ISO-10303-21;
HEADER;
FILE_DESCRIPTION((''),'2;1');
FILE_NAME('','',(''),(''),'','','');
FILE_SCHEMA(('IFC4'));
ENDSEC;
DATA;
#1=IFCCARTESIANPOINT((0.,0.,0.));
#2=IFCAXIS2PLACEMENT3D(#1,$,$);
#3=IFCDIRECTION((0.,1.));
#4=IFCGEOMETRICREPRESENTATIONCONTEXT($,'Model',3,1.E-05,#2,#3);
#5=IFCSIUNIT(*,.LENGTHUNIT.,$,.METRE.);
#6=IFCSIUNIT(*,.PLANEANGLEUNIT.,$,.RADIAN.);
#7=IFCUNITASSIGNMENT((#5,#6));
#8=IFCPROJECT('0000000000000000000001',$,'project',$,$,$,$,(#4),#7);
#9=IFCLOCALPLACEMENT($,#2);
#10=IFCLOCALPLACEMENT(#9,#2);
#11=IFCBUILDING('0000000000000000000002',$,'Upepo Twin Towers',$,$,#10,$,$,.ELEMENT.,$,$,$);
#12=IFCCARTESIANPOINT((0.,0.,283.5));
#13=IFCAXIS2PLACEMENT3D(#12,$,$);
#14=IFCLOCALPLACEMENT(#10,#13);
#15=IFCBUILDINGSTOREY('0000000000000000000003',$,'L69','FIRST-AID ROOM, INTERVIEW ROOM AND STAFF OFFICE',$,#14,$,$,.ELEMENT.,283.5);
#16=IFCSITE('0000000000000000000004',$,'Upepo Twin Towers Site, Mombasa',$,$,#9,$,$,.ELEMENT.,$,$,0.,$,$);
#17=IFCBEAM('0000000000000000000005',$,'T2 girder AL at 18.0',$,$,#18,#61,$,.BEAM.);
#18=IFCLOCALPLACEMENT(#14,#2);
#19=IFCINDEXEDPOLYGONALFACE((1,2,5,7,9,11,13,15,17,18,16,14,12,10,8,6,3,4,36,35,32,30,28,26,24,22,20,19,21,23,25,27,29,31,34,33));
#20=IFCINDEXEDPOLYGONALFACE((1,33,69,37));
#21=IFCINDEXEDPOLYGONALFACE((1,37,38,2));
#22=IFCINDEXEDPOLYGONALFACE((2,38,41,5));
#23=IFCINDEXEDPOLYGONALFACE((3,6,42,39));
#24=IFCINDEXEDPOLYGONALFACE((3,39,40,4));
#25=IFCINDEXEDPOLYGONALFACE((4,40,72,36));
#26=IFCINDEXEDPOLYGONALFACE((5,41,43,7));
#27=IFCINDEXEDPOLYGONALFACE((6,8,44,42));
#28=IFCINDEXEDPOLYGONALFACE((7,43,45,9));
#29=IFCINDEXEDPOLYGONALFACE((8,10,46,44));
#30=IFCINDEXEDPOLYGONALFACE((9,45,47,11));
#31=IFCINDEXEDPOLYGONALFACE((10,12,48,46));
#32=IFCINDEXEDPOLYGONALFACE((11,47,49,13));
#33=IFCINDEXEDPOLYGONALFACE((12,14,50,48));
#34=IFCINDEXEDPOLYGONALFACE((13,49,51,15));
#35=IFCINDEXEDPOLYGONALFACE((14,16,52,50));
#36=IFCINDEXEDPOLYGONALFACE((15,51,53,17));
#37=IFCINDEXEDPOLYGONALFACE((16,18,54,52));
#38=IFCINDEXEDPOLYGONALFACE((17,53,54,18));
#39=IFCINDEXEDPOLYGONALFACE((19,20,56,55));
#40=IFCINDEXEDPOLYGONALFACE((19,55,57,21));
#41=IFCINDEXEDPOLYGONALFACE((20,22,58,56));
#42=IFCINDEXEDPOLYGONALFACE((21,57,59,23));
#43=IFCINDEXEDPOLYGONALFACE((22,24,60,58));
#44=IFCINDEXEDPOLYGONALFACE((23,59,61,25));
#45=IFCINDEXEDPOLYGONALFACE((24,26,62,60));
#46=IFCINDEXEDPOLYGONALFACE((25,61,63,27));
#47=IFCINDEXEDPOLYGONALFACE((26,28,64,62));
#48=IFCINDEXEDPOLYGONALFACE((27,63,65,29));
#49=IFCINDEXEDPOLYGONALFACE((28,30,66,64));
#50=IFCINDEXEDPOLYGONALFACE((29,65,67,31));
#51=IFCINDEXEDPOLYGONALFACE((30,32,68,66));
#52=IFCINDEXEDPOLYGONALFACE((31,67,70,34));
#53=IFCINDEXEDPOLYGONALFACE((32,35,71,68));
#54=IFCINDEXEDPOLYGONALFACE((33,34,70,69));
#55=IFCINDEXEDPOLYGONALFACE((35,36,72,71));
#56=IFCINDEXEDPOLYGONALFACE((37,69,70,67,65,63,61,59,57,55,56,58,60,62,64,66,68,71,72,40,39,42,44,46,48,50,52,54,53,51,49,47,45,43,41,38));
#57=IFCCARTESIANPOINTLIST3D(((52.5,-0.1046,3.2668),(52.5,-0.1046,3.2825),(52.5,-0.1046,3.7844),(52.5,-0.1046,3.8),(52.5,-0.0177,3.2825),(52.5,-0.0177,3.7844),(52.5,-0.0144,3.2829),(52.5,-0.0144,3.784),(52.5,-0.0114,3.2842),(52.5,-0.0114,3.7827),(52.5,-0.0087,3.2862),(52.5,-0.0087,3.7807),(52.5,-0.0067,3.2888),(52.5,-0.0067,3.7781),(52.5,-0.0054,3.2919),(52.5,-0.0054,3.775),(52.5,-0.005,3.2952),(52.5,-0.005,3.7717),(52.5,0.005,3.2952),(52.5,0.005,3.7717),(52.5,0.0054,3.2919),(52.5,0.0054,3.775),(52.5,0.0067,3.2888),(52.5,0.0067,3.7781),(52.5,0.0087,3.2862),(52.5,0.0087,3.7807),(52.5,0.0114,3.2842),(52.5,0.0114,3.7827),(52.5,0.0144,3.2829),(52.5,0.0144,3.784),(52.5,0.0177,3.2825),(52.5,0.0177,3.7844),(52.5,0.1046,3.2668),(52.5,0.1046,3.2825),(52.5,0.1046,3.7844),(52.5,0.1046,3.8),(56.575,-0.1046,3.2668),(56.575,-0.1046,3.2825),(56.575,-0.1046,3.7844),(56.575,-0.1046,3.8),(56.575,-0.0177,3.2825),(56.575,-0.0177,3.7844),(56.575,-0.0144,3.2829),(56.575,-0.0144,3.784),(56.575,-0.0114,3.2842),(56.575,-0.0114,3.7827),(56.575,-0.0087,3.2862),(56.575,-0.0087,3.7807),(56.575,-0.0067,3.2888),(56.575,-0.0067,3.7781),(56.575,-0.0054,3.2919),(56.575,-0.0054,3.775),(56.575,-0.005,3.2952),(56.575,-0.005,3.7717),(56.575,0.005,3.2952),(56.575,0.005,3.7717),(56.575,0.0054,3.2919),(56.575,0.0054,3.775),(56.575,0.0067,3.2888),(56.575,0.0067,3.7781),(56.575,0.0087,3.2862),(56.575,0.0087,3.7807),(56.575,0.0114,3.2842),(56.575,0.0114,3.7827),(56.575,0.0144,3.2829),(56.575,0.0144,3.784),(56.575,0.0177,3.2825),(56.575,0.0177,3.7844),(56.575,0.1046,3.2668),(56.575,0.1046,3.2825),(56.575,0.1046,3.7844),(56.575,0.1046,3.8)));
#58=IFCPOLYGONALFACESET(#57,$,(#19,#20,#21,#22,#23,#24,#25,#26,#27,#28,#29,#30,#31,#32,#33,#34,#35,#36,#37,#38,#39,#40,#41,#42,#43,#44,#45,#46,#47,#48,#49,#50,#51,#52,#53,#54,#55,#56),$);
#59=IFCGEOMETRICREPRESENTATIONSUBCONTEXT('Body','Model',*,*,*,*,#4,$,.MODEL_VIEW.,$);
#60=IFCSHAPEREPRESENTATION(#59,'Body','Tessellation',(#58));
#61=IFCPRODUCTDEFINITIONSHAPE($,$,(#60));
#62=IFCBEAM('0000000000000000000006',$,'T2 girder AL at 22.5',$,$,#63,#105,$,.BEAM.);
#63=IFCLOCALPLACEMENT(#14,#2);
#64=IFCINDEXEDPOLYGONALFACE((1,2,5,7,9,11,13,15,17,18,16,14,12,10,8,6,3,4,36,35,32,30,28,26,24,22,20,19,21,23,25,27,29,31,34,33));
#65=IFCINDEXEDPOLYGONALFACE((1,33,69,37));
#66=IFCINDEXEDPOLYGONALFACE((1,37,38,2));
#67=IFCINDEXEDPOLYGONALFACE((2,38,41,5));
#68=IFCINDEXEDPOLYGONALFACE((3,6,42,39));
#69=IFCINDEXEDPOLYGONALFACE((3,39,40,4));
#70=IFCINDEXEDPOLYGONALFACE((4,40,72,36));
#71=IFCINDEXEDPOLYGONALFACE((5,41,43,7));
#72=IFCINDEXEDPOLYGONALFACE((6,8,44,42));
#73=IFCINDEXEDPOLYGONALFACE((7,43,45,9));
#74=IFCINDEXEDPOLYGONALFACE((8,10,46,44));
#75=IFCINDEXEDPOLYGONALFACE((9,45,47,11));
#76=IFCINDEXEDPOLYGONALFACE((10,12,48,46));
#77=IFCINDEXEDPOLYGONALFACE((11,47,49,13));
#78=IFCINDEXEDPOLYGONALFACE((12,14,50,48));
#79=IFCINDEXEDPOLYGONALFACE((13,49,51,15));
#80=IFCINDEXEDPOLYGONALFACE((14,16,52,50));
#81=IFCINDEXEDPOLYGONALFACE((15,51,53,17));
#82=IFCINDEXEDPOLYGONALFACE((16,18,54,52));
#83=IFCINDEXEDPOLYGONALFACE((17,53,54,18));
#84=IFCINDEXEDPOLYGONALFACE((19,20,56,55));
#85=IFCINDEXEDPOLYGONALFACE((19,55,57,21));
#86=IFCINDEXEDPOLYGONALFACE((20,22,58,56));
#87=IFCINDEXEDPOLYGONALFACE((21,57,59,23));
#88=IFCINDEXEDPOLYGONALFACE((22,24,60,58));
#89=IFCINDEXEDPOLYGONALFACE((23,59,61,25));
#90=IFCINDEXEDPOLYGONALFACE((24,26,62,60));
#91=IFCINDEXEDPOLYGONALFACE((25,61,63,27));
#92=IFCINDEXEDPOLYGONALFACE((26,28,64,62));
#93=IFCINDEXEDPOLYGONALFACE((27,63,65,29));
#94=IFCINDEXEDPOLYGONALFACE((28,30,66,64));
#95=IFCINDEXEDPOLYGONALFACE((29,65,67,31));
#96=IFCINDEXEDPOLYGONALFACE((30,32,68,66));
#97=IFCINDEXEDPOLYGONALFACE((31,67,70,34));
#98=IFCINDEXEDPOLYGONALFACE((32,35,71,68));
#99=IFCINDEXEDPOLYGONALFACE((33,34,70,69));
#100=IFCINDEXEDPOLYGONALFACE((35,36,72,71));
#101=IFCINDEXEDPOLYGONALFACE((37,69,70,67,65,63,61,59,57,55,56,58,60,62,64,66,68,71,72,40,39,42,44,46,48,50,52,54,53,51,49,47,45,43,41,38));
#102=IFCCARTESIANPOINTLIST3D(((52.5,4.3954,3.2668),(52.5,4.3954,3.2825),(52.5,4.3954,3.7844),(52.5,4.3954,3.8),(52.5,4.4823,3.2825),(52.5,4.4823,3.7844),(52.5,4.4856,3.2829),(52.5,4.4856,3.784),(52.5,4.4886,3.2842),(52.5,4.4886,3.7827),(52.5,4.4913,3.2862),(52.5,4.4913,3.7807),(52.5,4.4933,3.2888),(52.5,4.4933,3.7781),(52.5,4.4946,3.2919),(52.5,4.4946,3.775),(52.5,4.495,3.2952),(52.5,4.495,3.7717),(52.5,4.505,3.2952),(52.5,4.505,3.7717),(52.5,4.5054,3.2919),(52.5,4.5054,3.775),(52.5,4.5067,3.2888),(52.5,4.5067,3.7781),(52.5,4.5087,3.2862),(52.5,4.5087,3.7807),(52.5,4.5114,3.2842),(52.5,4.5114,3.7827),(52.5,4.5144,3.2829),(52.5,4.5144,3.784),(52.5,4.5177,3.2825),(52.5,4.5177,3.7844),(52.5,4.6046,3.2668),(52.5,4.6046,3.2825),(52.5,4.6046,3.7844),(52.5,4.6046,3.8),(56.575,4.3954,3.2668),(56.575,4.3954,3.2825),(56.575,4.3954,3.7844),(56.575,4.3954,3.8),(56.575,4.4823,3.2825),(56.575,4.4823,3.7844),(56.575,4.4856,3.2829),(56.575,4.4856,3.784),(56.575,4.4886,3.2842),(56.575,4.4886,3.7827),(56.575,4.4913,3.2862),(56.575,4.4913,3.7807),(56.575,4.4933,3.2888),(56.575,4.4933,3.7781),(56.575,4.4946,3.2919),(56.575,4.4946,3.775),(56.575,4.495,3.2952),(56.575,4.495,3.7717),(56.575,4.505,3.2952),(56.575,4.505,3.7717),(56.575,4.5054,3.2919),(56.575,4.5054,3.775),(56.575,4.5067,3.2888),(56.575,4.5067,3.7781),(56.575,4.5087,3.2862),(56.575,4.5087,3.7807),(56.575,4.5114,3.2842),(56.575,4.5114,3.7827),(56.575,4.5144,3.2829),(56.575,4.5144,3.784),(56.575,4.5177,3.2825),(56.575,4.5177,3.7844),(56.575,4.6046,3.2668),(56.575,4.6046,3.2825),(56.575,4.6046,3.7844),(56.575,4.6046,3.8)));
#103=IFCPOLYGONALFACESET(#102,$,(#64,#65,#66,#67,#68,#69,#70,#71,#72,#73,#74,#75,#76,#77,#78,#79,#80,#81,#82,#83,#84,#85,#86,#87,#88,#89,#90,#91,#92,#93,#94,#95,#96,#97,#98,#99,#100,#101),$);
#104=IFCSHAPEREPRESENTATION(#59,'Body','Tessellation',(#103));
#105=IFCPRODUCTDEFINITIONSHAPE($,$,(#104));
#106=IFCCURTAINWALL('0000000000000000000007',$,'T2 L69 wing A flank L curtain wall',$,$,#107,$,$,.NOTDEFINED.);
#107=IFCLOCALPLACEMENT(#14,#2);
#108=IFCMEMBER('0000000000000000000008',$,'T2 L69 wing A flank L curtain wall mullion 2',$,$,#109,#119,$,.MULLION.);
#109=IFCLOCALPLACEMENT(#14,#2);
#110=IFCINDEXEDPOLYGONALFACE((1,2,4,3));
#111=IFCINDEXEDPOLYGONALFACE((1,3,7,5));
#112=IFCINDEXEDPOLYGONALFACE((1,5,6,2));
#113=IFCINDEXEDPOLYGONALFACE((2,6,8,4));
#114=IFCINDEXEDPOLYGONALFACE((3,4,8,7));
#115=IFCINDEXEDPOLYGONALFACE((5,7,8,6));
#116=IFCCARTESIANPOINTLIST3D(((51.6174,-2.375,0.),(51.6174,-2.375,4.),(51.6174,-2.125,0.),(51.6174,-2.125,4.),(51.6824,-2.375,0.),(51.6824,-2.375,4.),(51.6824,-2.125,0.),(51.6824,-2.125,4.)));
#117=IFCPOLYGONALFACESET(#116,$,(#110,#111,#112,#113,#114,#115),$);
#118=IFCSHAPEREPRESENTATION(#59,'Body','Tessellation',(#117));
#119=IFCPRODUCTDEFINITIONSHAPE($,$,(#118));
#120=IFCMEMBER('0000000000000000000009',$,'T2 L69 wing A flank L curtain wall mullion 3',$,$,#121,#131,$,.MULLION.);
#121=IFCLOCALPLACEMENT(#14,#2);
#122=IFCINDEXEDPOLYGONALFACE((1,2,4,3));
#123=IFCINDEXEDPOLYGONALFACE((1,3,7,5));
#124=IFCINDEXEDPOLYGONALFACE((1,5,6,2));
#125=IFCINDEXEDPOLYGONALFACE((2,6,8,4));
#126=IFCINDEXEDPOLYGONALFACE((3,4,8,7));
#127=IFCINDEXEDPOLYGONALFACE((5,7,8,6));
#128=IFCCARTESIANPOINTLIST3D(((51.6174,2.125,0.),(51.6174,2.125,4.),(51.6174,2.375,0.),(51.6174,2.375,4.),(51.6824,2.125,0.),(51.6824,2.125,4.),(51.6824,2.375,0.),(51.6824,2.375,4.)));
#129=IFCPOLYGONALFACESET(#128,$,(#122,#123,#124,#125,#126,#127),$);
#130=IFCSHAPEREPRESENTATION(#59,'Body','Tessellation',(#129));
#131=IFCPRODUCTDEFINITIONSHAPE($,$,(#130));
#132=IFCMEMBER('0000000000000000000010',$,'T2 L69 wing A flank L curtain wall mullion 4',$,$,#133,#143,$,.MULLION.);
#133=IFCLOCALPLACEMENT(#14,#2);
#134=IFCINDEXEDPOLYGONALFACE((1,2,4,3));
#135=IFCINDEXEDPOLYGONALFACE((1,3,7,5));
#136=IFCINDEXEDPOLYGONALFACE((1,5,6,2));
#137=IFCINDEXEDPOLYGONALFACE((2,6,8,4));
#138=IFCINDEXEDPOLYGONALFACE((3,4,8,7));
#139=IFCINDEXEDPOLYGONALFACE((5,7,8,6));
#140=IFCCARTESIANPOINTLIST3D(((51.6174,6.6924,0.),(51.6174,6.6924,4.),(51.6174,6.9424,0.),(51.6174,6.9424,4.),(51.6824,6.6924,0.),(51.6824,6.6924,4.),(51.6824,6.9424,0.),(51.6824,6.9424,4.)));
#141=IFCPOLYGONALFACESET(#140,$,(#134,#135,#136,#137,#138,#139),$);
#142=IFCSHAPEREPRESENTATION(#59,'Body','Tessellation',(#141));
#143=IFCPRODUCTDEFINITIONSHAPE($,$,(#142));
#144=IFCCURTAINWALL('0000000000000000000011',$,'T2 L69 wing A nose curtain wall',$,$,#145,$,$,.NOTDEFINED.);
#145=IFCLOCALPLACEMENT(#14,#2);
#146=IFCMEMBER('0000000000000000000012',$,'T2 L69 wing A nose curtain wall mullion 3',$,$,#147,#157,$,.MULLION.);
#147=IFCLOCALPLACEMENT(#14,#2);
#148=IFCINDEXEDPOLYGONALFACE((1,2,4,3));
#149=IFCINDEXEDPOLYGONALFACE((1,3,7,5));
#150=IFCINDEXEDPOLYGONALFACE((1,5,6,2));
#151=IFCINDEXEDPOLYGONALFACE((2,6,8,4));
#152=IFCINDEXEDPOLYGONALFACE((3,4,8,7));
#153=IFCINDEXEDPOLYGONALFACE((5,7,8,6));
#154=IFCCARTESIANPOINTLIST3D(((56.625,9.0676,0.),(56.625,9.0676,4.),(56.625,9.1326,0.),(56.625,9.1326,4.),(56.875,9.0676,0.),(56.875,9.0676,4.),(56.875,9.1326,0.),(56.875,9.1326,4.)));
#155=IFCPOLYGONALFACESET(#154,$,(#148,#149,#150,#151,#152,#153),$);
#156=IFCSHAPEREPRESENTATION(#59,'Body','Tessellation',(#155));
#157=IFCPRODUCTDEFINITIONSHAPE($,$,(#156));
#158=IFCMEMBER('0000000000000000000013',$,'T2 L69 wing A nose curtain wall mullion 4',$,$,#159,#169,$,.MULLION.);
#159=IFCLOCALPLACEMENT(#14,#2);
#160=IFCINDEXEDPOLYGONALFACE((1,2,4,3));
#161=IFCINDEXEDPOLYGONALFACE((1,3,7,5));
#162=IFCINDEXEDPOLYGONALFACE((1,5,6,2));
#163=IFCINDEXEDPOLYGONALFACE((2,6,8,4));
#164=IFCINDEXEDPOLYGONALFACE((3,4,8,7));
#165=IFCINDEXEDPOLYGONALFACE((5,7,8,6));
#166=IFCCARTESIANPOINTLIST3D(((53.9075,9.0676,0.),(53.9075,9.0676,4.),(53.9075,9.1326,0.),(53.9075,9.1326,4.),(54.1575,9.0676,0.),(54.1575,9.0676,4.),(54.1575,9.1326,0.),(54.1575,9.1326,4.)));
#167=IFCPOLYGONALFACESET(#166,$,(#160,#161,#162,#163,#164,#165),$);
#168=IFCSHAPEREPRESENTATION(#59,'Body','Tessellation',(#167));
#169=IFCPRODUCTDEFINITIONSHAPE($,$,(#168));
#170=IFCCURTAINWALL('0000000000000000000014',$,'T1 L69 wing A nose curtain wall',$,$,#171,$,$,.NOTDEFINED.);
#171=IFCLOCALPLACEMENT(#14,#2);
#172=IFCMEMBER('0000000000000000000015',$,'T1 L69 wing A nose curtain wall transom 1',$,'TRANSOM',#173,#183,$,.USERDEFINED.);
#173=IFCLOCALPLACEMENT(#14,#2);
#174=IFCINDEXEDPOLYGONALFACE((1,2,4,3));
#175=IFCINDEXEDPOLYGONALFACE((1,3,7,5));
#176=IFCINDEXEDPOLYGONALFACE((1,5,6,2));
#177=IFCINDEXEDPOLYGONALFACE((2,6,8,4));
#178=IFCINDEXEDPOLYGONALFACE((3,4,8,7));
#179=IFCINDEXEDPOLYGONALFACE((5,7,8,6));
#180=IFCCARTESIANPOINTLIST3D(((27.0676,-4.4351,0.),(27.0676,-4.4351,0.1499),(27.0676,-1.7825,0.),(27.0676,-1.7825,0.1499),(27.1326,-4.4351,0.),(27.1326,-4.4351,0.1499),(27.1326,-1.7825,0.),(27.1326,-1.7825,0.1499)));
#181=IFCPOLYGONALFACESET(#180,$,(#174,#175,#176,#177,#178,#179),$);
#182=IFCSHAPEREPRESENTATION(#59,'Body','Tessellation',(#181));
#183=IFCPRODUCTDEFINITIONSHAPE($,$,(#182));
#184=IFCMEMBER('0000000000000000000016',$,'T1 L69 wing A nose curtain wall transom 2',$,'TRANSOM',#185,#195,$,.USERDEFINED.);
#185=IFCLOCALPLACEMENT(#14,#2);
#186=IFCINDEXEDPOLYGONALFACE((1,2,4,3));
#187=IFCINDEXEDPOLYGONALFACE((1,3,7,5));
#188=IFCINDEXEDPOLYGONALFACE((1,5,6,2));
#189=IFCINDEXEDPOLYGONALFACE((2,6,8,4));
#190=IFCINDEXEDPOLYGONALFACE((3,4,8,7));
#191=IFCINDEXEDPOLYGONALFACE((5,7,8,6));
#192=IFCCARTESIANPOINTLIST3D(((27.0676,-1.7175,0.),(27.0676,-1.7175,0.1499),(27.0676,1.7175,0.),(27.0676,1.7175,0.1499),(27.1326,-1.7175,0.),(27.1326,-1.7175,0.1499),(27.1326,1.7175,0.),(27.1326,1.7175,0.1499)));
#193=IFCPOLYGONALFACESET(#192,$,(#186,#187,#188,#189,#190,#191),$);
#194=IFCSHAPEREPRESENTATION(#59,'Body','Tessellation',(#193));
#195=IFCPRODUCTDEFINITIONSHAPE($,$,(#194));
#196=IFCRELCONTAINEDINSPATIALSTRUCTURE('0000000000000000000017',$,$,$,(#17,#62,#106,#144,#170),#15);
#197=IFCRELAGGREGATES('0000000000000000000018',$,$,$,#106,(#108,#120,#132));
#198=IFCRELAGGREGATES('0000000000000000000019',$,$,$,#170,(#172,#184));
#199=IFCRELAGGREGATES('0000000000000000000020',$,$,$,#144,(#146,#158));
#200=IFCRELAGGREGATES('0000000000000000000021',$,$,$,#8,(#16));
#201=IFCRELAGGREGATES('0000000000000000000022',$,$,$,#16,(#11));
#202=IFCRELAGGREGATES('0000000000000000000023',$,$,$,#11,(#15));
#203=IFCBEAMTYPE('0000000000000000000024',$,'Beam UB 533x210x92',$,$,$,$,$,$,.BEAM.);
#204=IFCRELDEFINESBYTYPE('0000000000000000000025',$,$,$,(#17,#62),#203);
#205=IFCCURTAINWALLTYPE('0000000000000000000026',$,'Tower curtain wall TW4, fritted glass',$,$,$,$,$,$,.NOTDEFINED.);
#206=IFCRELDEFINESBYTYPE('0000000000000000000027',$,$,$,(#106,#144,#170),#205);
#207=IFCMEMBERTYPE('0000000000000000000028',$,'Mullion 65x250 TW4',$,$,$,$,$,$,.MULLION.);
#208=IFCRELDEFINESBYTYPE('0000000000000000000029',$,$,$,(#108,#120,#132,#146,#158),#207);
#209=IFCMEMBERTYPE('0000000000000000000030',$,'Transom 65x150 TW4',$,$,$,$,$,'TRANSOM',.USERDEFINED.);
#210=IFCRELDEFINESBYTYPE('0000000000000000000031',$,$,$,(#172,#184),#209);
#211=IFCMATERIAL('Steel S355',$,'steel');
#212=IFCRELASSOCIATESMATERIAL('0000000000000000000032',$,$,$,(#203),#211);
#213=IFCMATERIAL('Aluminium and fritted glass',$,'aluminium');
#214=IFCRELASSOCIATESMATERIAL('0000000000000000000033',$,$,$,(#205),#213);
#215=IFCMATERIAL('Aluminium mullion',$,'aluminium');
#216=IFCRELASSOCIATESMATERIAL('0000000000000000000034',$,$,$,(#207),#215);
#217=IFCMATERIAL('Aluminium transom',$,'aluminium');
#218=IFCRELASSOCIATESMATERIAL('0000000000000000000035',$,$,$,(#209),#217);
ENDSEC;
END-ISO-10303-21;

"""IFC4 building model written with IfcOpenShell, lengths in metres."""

from ifc_helpers import new_model, si_unit, direction, frame, origin, origin_2d, place, context, subcontext, project, spatial, rectangle, i_section, extrude, material, material_profile, profile_set, type_object, element, aggregate, save


model = new_model("IFC4")

# Units and contexts
model_context = context("Model", 3, precision=1e-05, world=origin(), true_north=direction((0.0, 1.0)))
body_context = subcontext(model_context, "Body", "Model", "MODEL_VIEW")
ifc_project = project(units=[si_unit("LENGTHUNIT", "METRE"), si_unit("PLANEANGLEUNIT", "RADIAN")], contexts=[model_context])

# Site, building, storey
site_placement = place(None, origin())
site = spatial("IfcSite", under=ifc_project, at=site_placement, Name="Upepo Twin Towers Site, Mombasa", CompositionType="ELEMENT", RefElevation=0.0)
building_placement = place(site_placement, origin())
building = spatial("IfcBuilding", under=site, at=building_placement, Name="Upepo Twin Towers", CompositionType="ELEMENT")
storey_placement = place(building_placement, frame((0.0, 0.0, 283.5)))
storey = spatial("IfcBuildingStorey", under=building, at=storey_placement, Name="L69", Description="FIRST-AID ROOM, INTERVIEW ROOM AND STAFF OFFICE", CompositionType="ELEMENT", Elevation=283.5)

# Beams
ifc_material_1 = material(Name="Steel S355", Category="steel")
ifc_material_profile_1 = material_profile(ifc_material_1, i_section(OverallWidth=0.2092, OverallDepth=0.5332, WebThickness=0.01, FlangeThickness=0.0156, FilletRadius=0.0127, at=origin_2d()), Name="UB 533x210x92")
ifc_profile_set_1 = profile_set([ifc_material_profile_1], Name="Steel S355")
beam_type_1 = type_object("IfcBeamType", Name="Beam UB 533x210x92", PredefinedType="BEAM", material=ifc_profile_set_1)
for number, where, z_axis, x_axis, name in (
    (1, (52.5, 0.0, 3.5334), (1.0, 0.0, 0.0), (0.0, 1.0, 0.0), "T2 girder AL at 18.0"),
    (2, (52.5, 4.5, 3.5334), (1.0, 0.0, 0.0), (0.0, 1.0, 0.0), "T2 girder AL at 22.5"),
):
    element("IfcBeam", number, at=place(storey_placement, frame(where, z_axis=z_axis, x_axis=x_axis)), inside=storey, type_object=beam_type_1, Name=name, PredefinedType="BEAM", context=body_context, shape_type="SweptSolid", body=[
        extrude(i_section(OverallWidth=0.2092, OverallDepth=0.5332, WebThickness=0.01, FlangeThickness=0.0156, FilletRadius=0.0127, at=origin_2d()), origin(), (0.0, 0.0, 1.0), 4.075),
    ])

# Curtain walls, members
ifc_material_2 = material(Name="Aluminium and fritted glass", Category="aluminium")
curtain_wall_type = type_object("IfcCurtainWallType", Name="Tower curtain wall TW4, fritted glass", PredefinedType="NOTDEFINED", material=ifc_material_2)
curtain_wall_1_placement = place(storey_placement, origin())
curtain_wall_1 = element("IfcCurtainWall", 3, at=curtain_wall_1_placement, inside=storey, type_object=curtain_wall_type, Name="T2 L69 wing A flank L curtain wall", PredefinedType="NOTDEFINED")
ifc_material_3 = material(Name="Aluminium mullion", Category="aluminium")
ifc_material_profile_2 = material_profile(ifc_material_3, rectangle(XDim=0.0649, YDim=0.25, at=origin_2d()), Name="MULLION 65x250")
ifc_profile_set_2 = profile_set([ifc_material_profile_2], Name="Aluminium mullion")
member_type_1 = type_object("IfcMemberType", Name="Mullion 65x250 TW4", PredefinedType="MULLION", material=ifc_profile_set_2)
member_1_placement = place(storey_placement, frame((51.6499, -2.25, 0.0), z_axis=(0.0, 0.0, 1.0), x_axis=(-1.0, 0.0, 0.0)))
member_1 = element("IfcMember", 4, at=member_1_placement, type_object=member_type_1, Name="T2 L69 wing A flank L curtain wall mullion 2", PredefinedType="MULLION", context=body_context, shape_type="SweptSolid", body=[
    extrude(rectangle(XDim=0.0649, YDim=0.25, at=origin_2d()), origin(), (0.0, 0.0, 1.0), 4.0),
])
member_2_placement = place(storey_placement, frame((51.6499, 2.25, 0.0), z_axis=(0.0, 0.0, 1.0), x_axis=(-1.0, 0.0, 0.0)))
member_2 = element("IfcMember", 5, at=member_2_placement, type_object=member_type_1, Name="T2 L69 wing A flank L curtain wall mullion 3", PredefinedType="MULLION", context=body_context, shape_type="SweptSolid", body=[
    extrude(rectangle(XDim=0.0649, YDim=0.25, at=origin_2d()), origin(), (0.0, 0.0, 1.0), 4.0),
])
member_3_placement = place(storey_placement, frame((51.6499, 6.8174, 0.0), z_axis=(0.0, 0.0, 1.0), x_axis=(-1.0, 0.0, 0.0)))
member_3 = element("IfcMember", 6, at=member_3_placement, type_object=member_type_1, Name="T2 L69 wing A flank L curtain wall mullion 4", PredefinedType="MULLION", context=body_context, shape_type="SweptSolid", body=[
    extrude(rectangle(XDim=0.0649, YDim=0.25, at=origin_2d()), origin(), (0.0, 0.0, 1.0), 4.0),
])
curtain_wall_2_placement = place(storey_placement, origin())
curtain_wall_2 = element("IfcCurtainWall", 7, at=curtain_wall_2_placement, inside=storey, type_object=curtain_wall_type, Name="T2 L69 wing A nose curtain wall", PredefinedType="NOTDEFINED")
member_4_placement = place(storey_placement, frame((56.75, 9.1001, 0.0), z_axis=(0.0, 0.0, 1.0), x_axis=(0.0, -1.0, 0.0)))
member_4 = element("IfcMember", 8, at=member_4_placement, type_object=member_type_1, Name="T2 L69 wing A nose curtain wall mullion 3", PredefinedType="MULLION", context=body_context, shape_type="SweptSolid", body=[
    extrude(rectangle(XDim=0.0649, YDim=0.25, at=origin_2d()), origin(), (0.0, 0.0, 1.0), 4.0),
])
member_5_placement = place(storey_placement, frame((54.0325, 9.1001, 0.0), z_axis=(0.0, 0.0, 1.0), x_axis=(0.0, -1.0, 0.0)))
member_5 = element("IfcMember", 9, at=member_5_placement, type_object=member_type_1, Name="T2 L69 wing A nose curtain wall mullion 4", PredefinedType="MULLION", context=body_context, shape_type="SweptSolid", body=[
    extrude(rectangle(XDim=0.0649, YDim=0.25, at=origin_2d()), origin(), (0.0, 0.0, 1.0), 4.0),
])
curtain_wall_3_placement = place(storey_placement, origin())
curtain_wall_3 = element("IfcCurtainWall", 10, at=curtain_wall_3_placement, inside=storey, type_object=curtain_wall_type, Name="T1 L69 wing A nose curtain wall", PredefinedType="NOTDEFINED")
ifc_material_4 = material(Name="Aluminium transom", Category="aluminium")
ifc_material_profile_3 = material_profile(ifc_material_4, rectangle(XDim=0.0649, YDim=0.1499, at=origin_2d()), Name="TRANSOM 65x150")
ifc_profile_set_3 = profile_set([ifc_material_profile_3], Name="Aluminium transom")
member_type_2 = type_object("IfcMemberType", Name="Transom 65x150 TW4", ElementType="TRANSOM", PredefinedType="USERDEFINED", material=ifc_profile_set_3)
member_6_placement = place(storey_placement, frame((27.1001, -4.4351, 0.075), z_axis=(0.0, 1.0, 0.0), x_axis=(-1.0, 0.0, 0.0)))
member_6 = element("IfcMember", 11, at=member_6_placement, type_object=member_type_2, Name="T1 L69 wing A nose curtain wall transom 1", ObjectType="TRANSOM", PredefinedType="USERDEFINED", context=body_context, shape_type="SweptSolid", body=[
    extrude(rectangle(XDim=0.0649, YDim=0.1499, at=origin_2d()), origin(), (0.0, 0.0, 1.0), 2.6526),
])
member_7_placement = place(storey_placement, frame((27.1001, -1.7175, 0.075), z_axis=(0.0, 1.0, 0.0), x_axis=(-1.0, 0.0, 0.0)))
member_7 = element("IfcMember", 12, at=member_7_placement, type_object=member_type_2, Name="T1 L69 wing A nose curtain wall transom 2", ObjectType="TRANSOM", PredefinedType="USERDEFINED", context=body_context, shape_type="SweptSolid", body=[
    extrude(rectangle(XDim=0.0649, YDim=0.1499, at=origin_2d()), origin(), (0.0, 0.0, 1.0), 3.4351),
])

aggregate(curtain_wall_1, [member_1, member_2, member_3])
aggregate(curtain_wall_3, [member_6, member_7])
aggregate(curtain_wall_2, [member_4, member_5])

save(model, "model.ifc")
